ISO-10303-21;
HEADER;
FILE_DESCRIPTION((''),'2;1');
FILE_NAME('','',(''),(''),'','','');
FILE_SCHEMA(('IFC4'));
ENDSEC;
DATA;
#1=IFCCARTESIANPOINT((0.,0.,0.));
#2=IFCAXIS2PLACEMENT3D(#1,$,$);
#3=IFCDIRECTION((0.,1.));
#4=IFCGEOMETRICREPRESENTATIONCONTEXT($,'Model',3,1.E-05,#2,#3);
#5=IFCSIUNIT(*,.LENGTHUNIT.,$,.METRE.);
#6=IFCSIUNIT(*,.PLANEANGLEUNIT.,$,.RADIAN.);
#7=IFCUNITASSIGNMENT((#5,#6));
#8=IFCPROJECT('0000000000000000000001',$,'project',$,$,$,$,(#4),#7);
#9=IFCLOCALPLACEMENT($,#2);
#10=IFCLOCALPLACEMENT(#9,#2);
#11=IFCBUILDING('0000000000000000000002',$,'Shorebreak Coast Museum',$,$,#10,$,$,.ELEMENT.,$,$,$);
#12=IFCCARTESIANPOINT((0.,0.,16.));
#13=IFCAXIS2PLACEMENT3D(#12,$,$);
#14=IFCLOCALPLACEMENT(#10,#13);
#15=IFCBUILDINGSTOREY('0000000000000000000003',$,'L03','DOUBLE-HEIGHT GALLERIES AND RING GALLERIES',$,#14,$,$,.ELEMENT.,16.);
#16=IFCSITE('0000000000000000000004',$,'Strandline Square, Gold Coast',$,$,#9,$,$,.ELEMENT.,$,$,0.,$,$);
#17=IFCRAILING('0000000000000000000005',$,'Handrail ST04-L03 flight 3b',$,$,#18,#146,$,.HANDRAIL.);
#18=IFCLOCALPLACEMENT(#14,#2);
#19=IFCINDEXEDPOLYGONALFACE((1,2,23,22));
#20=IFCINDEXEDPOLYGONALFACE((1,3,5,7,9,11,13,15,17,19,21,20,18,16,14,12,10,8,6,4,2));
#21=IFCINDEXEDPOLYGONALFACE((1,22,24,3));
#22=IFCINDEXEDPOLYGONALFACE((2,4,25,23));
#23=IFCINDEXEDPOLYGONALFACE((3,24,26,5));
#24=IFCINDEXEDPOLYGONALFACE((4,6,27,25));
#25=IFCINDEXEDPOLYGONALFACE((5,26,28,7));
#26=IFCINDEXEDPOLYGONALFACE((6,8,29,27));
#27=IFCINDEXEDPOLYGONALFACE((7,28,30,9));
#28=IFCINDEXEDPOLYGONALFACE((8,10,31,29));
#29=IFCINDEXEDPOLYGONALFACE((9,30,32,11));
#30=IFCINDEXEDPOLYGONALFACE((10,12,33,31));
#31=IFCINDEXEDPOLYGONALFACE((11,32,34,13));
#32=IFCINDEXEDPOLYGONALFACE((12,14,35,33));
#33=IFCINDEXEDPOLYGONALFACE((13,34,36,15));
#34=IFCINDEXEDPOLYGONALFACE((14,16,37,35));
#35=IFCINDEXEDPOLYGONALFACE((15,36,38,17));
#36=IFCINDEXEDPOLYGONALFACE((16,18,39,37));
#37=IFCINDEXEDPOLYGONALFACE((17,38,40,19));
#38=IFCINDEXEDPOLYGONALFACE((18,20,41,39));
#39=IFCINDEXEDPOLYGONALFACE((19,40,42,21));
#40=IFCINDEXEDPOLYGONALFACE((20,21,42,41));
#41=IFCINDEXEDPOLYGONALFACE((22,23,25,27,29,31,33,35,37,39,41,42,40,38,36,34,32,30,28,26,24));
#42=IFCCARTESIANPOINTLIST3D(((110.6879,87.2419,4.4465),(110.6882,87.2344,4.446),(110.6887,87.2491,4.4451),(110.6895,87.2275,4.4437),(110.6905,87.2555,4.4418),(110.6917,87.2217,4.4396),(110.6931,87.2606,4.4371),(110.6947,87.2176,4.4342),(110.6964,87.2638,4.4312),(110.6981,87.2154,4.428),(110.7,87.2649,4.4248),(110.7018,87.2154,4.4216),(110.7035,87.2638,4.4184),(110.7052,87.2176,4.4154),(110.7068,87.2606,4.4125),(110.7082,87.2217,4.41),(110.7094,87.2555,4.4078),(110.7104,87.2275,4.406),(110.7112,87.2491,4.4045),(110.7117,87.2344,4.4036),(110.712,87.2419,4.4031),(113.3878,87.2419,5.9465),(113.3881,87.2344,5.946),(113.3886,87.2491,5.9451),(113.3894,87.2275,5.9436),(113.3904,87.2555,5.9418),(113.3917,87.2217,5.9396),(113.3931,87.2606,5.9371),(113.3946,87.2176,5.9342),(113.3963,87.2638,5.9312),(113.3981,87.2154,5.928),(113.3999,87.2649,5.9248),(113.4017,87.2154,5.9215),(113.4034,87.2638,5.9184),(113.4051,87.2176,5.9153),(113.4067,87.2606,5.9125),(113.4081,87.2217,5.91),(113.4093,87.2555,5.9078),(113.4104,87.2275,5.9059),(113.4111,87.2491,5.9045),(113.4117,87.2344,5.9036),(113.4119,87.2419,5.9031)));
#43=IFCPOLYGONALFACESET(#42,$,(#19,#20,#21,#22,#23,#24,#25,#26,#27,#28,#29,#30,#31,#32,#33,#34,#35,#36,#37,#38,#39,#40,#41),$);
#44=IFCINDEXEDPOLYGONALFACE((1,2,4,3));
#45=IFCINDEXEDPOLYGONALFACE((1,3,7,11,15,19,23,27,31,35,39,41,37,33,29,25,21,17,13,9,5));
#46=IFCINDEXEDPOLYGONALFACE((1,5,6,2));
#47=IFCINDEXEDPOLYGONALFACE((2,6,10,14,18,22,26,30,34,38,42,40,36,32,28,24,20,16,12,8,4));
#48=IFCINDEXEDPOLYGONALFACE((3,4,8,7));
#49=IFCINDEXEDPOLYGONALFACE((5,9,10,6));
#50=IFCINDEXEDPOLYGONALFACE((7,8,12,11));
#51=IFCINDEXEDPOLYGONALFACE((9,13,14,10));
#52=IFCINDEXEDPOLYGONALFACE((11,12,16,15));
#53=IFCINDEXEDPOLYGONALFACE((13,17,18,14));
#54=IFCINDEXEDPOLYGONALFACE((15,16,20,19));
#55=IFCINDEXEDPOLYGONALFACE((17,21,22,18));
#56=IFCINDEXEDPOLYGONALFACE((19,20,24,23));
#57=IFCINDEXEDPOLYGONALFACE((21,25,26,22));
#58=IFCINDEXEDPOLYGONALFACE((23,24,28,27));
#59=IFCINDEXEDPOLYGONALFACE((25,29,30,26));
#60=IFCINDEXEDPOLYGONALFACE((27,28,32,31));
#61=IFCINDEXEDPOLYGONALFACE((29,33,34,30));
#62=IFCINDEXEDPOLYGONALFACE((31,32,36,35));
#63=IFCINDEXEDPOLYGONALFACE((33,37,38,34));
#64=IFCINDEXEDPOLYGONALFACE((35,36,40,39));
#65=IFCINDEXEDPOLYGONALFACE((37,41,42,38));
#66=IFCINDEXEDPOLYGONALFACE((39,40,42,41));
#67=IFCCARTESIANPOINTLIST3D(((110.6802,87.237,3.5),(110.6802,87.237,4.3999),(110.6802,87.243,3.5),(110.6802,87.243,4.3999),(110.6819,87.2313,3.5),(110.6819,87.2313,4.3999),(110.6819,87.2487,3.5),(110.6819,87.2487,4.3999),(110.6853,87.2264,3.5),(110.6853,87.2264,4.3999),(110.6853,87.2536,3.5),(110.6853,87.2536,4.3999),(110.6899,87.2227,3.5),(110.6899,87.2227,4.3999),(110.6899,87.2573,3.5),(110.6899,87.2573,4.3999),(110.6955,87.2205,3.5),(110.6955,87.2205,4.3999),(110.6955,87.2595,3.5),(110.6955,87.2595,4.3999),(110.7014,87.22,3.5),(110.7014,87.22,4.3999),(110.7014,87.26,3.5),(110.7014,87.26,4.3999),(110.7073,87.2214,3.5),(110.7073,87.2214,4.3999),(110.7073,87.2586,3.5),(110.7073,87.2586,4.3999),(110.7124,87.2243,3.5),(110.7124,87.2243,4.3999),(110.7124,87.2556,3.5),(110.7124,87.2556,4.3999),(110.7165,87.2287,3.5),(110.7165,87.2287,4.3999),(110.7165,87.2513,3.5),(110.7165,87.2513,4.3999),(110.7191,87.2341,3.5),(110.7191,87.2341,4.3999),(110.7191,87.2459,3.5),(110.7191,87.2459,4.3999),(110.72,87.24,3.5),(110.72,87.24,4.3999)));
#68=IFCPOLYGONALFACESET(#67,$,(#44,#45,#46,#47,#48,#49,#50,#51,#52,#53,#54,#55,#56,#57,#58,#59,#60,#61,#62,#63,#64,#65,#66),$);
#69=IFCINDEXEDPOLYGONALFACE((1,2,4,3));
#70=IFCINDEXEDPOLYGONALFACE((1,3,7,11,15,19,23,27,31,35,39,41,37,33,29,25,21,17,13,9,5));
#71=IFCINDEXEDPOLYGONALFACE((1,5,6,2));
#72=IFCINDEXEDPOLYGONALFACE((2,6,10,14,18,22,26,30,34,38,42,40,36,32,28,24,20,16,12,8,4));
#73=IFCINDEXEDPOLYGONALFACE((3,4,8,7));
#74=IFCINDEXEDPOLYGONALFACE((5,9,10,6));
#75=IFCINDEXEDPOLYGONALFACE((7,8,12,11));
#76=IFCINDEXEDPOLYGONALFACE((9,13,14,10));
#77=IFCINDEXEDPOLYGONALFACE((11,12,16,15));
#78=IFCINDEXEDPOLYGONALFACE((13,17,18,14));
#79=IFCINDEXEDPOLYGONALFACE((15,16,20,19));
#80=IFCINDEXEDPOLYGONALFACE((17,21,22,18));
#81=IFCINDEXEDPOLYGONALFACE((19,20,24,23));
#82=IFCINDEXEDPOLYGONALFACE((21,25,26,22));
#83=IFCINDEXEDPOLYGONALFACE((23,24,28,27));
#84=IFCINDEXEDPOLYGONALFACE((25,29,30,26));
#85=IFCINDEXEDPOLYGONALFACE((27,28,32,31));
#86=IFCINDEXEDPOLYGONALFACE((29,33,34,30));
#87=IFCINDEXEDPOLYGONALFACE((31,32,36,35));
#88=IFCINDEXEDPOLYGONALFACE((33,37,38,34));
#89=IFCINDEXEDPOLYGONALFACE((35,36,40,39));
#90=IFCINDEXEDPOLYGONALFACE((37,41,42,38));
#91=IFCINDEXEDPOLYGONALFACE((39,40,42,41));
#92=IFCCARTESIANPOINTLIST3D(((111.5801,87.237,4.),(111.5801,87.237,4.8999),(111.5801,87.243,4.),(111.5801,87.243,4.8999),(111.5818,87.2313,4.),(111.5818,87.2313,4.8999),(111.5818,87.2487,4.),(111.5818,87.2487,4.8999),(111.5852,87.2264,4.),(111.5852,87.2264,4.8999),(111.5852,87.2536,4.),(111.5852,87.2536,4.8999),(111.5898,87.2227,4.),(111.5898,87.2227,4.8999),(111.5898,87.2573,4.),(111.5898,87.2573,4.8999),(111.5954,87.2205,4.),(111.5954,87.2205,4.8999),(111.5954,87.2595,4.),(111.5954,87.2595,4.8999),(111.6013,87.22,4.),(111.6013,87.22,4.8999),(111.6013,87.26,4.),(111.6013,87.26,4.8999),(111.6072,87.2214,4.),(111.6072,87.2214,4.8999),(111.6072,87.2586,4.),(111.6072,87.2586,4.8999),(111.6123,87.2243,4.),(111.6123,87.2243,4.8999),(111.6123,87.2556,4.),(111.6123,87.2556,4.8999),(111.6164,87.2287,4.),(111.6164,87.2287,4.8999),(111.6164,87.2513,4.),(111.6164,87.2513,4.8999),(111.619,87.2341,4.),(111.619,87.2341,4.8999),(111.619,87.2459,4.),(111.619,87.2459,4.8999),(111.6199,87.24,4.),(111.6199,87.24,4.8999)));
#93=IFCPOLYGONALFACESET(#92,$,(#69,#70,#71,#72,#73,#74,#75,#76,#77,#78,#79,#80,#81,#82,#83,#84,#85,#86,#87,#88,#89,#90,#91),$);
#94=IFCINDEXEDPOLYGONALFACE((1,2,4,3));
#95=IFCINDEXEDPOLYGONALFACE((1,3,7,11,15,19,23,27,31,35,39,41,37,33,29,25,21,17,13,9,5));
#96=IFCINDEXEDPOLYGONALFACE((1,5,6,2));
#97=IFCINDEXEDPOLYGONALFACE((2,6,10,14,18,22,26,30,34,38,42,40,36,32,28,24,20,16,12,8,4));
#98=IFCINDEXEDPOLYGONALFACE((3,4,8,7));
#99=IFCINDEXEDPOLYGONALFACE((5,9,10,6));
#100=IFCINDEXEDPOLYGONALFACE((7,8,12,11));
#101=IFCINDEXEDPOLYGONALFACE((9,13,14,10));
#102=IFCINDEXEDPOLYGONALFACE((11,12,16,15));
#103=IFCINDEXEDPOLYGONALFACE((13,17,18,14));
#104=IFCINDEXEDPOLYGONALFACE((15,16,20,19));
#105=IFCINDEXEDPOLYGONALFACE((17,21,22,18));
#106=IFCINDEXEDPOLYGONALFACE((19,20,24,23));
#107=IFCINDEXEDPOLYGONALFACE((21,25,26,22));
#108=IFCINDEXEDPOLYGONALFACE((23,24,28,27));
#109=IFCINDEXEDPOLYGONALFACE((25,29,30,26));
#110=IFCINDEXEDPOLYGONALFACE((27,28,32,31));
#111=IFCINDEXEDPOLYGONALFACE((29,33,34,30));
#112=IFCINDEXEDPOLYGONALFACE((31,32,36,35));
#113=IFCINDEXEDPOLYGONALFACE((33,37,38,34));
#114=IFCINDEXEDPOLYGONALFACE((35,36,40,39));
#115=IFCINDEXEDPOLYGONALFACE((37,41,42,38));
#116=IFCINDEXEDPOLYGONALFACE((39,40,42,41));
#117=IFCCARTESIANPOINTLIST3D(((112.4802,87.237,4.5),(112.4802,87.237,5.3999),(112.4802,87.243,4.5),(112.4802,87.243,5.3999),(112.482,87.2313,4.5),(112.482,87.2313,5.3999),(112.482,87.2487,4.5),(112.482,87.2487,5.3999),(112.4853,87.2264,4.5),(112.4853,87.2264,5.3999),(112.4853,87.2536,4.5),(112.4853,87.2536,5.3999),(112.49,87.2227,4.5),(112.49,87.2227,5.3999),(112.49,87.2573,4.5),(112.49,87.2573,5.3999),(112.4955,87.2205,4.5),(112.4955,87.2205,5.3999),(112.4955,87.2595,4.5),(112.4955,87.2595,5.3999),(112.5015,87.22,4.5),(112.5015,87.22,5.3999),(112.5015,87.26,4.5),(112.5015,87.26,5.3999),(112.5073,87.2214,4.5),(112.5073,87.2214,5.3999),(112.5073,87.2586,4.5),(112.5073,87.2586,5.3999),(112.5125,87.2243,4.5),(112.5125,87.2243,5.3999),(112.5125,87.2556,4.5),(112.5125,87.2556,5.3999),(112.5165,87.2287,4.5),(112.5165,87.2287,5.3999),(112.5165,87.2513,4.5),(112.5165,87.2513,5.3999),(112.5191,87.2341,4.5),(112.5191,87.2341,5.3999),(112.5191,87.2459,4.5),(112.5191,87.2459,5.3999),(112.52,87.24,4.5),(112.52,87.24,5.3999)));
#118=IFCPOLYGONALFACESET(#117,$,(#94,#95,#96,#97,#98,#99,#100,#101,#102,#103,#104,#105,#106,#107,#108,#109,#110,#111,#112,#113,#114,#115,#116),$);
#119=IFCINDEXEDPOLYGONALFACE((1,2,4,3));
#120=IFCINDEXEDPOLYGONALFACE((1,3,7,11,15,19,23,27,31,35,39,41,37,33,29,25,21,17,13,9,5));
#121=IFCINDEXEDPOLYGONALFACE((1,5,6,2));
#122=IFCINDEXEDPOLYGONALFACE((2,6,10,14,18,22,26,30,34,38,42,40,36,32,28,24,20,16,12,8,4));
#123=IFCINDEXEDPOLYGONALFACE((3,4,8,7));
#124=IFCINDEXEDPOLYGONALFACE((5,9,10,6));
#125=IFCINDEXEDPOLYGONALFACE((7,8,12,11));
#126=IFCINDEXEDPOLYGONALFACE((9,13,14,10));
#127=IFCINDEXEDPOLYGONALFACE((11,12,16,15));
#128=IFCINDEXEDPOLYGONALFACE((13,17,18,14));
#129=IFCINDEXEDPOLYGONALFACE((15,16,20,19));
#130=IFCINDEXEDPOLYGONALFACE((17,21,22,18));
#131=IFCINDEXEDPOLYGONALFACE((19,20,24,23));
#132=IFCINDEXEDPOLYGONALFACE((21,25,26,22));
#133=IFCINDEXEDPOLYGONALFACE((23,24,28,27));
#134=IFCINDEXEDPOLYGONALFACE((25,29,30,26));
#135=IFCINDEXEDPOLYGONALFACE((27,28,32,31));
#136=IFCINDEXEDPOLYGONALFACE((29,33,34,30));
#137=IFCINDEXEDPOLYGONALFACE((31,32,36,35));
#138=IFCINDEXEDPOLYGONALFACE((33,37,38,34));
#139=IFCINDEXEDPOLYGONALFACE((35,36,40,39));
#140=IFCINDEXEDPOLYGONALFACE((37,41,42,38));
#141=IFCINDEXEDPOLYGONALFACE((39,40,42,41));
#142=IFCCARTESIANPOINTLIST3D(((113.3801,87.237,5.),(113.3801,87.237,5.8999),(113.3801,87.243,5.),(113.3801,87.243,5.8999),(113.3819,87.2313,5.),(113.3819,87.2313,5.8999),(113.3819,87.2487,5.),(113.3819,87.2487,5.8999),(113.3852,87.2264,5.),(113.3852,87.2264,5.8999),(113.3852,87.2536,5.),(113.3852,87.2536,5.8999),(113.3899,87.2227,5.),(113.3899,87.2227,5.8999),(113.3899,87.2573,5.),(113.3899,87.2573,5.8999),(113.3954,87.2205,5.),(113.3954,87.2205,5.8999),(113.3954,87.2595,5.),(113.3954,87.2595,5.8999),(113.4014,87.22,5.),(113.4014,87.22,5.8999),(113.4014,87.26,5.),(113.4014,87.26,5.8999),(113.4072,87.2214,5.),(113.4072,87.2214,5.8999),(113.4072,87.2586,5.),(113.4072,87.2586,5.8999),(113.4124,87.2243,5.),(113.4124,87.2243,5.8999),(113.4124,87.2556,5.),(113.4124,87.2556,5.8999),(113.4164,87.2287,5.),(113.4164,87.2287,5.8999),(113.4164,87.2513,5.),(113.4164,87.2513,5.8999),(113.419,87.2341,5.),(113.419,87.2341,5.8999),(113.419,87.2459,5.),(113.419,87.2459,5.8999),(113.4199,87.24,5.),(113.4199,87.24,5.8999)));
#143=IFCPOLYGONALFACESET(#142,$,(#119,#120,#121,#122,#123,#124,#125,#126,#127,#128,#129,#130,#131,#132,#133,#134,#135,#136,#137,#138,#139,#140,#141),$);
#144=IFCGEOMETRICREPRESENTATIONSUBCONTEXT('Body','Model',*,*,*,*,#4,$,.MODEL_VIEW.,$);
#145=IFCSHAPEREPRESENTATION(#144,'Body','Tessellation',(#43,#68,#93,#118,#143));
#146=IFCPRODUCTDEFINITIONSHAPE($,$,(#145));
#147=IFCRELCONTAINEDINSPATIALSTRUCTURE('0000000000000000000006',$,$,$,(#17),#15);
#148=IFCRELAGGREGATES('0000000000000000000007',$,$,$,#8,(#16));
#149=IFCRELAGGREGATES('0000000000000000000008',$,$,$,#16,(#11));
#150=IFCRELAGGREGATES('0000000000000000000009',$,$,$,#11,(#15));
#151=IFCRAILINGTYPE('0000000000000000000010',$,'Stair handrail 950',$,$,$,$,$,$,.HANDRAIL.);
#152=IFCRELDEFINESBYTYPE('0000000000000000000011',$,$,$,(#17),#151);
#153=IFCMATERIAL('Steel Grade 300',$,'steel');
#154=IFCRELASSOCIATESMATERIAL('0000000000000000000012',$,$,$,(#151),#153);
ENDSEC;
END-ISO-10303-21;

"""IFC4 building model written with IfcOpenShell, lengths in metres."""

from ifc_helpers import new_model, si_unit, direction, frame, origin, origin_2d, place, context, subcontext, project, spatial, circle, extrude, material, type_object, element, save


model = new_model("IFC4")

# Units and contexts
model_context = context("Model", 3, precision=1e-05, world=origin(), true_north=direction((0.0, 1.0)))
body_context = subcontext(model_context, "Body", "Model", "MODEL_VIEW")
ifc_project = project(units=[si_unit("LENGTHUNIT", "METRE"), si_unit("PLANEANGLEUNIT", "RADIAN")], contexts=[model_context])

# Site, building, storey
site_placement = place(None, origin())
site = spatial("IfcSite", under=ifc_project, at=site_placement, Name="Strandline Square, Gold Coast", CompositionType="ELEMENT", RefElevation=0.0)
building_placement = place(site_placement, origin())
building = spatial("IfcBuilding", under=site, at=building_placement, Name="Shorebreak Coast Museum", CompositionType="ELEMENT")
storey_placement = place(building_placement, frame((0.0, 0.0, 16.0)))
storey = spatial("IfcBuildingStorey", under=building, at=storey_placement, Name="L03", Description="DOUBLE-HEIGHT GALLERIES AND RING GALLERIES", CompositionType="ELEMENT", Elevation=16.0)

# Railing
ifc_material_1 = material(Name="Steel Grade 300", Category="steel")
railing_type_1 = type_object("IfcRailingType", Name="Stair handrail 950", PredefinedType="HANDRAIL", material=ifc_material_1)
for number, where, name in (
    (1, (110.7, 87.24, 3.5), "Handrail ST04-L03 flight 3b"),
):
    element("IfcRailing", number, at=place(storey_placement, frame(where)), inside=storey, type_object=railing_type_1, Name=name, PredefinedType="HANDRAIL", context=body_context, shape_type="SweptSolid", body=[
        extrude(circle(Radius=0.0249, at=origin_2d()), frame((0.0, 0.0, 0.9248), z_axis=(0.874154, 0.0, 0.48565), x_axis=(0.0, 1.0, 0.0)), (0.0, 0.0, 1.0), 3.0886),
        extrude(circle(Radius=0.02, at=origin_2d()), origin(), (0.0, 0.0, 1.0), 0.8999),
        extrude(circle(Radius=0.02, at=origin_2d()), frame((0.8999, 0.0, 0.5)), (0.0, 0.0, 1.0), 0.8999),
        extrude(circle(Radius=0.02, at=origin_2d()), frame((1.8, 0.0, 1.0)), (0.0, 0.0, 1.0), 0.8999),
        extrude(circle(Radius=0.02, at=origin_2d()), frame((2.7, 0.0, 1.5)), (0.0, 0.0, 1.0), 0.8999),
    ])

save(model, "model.ifc")
